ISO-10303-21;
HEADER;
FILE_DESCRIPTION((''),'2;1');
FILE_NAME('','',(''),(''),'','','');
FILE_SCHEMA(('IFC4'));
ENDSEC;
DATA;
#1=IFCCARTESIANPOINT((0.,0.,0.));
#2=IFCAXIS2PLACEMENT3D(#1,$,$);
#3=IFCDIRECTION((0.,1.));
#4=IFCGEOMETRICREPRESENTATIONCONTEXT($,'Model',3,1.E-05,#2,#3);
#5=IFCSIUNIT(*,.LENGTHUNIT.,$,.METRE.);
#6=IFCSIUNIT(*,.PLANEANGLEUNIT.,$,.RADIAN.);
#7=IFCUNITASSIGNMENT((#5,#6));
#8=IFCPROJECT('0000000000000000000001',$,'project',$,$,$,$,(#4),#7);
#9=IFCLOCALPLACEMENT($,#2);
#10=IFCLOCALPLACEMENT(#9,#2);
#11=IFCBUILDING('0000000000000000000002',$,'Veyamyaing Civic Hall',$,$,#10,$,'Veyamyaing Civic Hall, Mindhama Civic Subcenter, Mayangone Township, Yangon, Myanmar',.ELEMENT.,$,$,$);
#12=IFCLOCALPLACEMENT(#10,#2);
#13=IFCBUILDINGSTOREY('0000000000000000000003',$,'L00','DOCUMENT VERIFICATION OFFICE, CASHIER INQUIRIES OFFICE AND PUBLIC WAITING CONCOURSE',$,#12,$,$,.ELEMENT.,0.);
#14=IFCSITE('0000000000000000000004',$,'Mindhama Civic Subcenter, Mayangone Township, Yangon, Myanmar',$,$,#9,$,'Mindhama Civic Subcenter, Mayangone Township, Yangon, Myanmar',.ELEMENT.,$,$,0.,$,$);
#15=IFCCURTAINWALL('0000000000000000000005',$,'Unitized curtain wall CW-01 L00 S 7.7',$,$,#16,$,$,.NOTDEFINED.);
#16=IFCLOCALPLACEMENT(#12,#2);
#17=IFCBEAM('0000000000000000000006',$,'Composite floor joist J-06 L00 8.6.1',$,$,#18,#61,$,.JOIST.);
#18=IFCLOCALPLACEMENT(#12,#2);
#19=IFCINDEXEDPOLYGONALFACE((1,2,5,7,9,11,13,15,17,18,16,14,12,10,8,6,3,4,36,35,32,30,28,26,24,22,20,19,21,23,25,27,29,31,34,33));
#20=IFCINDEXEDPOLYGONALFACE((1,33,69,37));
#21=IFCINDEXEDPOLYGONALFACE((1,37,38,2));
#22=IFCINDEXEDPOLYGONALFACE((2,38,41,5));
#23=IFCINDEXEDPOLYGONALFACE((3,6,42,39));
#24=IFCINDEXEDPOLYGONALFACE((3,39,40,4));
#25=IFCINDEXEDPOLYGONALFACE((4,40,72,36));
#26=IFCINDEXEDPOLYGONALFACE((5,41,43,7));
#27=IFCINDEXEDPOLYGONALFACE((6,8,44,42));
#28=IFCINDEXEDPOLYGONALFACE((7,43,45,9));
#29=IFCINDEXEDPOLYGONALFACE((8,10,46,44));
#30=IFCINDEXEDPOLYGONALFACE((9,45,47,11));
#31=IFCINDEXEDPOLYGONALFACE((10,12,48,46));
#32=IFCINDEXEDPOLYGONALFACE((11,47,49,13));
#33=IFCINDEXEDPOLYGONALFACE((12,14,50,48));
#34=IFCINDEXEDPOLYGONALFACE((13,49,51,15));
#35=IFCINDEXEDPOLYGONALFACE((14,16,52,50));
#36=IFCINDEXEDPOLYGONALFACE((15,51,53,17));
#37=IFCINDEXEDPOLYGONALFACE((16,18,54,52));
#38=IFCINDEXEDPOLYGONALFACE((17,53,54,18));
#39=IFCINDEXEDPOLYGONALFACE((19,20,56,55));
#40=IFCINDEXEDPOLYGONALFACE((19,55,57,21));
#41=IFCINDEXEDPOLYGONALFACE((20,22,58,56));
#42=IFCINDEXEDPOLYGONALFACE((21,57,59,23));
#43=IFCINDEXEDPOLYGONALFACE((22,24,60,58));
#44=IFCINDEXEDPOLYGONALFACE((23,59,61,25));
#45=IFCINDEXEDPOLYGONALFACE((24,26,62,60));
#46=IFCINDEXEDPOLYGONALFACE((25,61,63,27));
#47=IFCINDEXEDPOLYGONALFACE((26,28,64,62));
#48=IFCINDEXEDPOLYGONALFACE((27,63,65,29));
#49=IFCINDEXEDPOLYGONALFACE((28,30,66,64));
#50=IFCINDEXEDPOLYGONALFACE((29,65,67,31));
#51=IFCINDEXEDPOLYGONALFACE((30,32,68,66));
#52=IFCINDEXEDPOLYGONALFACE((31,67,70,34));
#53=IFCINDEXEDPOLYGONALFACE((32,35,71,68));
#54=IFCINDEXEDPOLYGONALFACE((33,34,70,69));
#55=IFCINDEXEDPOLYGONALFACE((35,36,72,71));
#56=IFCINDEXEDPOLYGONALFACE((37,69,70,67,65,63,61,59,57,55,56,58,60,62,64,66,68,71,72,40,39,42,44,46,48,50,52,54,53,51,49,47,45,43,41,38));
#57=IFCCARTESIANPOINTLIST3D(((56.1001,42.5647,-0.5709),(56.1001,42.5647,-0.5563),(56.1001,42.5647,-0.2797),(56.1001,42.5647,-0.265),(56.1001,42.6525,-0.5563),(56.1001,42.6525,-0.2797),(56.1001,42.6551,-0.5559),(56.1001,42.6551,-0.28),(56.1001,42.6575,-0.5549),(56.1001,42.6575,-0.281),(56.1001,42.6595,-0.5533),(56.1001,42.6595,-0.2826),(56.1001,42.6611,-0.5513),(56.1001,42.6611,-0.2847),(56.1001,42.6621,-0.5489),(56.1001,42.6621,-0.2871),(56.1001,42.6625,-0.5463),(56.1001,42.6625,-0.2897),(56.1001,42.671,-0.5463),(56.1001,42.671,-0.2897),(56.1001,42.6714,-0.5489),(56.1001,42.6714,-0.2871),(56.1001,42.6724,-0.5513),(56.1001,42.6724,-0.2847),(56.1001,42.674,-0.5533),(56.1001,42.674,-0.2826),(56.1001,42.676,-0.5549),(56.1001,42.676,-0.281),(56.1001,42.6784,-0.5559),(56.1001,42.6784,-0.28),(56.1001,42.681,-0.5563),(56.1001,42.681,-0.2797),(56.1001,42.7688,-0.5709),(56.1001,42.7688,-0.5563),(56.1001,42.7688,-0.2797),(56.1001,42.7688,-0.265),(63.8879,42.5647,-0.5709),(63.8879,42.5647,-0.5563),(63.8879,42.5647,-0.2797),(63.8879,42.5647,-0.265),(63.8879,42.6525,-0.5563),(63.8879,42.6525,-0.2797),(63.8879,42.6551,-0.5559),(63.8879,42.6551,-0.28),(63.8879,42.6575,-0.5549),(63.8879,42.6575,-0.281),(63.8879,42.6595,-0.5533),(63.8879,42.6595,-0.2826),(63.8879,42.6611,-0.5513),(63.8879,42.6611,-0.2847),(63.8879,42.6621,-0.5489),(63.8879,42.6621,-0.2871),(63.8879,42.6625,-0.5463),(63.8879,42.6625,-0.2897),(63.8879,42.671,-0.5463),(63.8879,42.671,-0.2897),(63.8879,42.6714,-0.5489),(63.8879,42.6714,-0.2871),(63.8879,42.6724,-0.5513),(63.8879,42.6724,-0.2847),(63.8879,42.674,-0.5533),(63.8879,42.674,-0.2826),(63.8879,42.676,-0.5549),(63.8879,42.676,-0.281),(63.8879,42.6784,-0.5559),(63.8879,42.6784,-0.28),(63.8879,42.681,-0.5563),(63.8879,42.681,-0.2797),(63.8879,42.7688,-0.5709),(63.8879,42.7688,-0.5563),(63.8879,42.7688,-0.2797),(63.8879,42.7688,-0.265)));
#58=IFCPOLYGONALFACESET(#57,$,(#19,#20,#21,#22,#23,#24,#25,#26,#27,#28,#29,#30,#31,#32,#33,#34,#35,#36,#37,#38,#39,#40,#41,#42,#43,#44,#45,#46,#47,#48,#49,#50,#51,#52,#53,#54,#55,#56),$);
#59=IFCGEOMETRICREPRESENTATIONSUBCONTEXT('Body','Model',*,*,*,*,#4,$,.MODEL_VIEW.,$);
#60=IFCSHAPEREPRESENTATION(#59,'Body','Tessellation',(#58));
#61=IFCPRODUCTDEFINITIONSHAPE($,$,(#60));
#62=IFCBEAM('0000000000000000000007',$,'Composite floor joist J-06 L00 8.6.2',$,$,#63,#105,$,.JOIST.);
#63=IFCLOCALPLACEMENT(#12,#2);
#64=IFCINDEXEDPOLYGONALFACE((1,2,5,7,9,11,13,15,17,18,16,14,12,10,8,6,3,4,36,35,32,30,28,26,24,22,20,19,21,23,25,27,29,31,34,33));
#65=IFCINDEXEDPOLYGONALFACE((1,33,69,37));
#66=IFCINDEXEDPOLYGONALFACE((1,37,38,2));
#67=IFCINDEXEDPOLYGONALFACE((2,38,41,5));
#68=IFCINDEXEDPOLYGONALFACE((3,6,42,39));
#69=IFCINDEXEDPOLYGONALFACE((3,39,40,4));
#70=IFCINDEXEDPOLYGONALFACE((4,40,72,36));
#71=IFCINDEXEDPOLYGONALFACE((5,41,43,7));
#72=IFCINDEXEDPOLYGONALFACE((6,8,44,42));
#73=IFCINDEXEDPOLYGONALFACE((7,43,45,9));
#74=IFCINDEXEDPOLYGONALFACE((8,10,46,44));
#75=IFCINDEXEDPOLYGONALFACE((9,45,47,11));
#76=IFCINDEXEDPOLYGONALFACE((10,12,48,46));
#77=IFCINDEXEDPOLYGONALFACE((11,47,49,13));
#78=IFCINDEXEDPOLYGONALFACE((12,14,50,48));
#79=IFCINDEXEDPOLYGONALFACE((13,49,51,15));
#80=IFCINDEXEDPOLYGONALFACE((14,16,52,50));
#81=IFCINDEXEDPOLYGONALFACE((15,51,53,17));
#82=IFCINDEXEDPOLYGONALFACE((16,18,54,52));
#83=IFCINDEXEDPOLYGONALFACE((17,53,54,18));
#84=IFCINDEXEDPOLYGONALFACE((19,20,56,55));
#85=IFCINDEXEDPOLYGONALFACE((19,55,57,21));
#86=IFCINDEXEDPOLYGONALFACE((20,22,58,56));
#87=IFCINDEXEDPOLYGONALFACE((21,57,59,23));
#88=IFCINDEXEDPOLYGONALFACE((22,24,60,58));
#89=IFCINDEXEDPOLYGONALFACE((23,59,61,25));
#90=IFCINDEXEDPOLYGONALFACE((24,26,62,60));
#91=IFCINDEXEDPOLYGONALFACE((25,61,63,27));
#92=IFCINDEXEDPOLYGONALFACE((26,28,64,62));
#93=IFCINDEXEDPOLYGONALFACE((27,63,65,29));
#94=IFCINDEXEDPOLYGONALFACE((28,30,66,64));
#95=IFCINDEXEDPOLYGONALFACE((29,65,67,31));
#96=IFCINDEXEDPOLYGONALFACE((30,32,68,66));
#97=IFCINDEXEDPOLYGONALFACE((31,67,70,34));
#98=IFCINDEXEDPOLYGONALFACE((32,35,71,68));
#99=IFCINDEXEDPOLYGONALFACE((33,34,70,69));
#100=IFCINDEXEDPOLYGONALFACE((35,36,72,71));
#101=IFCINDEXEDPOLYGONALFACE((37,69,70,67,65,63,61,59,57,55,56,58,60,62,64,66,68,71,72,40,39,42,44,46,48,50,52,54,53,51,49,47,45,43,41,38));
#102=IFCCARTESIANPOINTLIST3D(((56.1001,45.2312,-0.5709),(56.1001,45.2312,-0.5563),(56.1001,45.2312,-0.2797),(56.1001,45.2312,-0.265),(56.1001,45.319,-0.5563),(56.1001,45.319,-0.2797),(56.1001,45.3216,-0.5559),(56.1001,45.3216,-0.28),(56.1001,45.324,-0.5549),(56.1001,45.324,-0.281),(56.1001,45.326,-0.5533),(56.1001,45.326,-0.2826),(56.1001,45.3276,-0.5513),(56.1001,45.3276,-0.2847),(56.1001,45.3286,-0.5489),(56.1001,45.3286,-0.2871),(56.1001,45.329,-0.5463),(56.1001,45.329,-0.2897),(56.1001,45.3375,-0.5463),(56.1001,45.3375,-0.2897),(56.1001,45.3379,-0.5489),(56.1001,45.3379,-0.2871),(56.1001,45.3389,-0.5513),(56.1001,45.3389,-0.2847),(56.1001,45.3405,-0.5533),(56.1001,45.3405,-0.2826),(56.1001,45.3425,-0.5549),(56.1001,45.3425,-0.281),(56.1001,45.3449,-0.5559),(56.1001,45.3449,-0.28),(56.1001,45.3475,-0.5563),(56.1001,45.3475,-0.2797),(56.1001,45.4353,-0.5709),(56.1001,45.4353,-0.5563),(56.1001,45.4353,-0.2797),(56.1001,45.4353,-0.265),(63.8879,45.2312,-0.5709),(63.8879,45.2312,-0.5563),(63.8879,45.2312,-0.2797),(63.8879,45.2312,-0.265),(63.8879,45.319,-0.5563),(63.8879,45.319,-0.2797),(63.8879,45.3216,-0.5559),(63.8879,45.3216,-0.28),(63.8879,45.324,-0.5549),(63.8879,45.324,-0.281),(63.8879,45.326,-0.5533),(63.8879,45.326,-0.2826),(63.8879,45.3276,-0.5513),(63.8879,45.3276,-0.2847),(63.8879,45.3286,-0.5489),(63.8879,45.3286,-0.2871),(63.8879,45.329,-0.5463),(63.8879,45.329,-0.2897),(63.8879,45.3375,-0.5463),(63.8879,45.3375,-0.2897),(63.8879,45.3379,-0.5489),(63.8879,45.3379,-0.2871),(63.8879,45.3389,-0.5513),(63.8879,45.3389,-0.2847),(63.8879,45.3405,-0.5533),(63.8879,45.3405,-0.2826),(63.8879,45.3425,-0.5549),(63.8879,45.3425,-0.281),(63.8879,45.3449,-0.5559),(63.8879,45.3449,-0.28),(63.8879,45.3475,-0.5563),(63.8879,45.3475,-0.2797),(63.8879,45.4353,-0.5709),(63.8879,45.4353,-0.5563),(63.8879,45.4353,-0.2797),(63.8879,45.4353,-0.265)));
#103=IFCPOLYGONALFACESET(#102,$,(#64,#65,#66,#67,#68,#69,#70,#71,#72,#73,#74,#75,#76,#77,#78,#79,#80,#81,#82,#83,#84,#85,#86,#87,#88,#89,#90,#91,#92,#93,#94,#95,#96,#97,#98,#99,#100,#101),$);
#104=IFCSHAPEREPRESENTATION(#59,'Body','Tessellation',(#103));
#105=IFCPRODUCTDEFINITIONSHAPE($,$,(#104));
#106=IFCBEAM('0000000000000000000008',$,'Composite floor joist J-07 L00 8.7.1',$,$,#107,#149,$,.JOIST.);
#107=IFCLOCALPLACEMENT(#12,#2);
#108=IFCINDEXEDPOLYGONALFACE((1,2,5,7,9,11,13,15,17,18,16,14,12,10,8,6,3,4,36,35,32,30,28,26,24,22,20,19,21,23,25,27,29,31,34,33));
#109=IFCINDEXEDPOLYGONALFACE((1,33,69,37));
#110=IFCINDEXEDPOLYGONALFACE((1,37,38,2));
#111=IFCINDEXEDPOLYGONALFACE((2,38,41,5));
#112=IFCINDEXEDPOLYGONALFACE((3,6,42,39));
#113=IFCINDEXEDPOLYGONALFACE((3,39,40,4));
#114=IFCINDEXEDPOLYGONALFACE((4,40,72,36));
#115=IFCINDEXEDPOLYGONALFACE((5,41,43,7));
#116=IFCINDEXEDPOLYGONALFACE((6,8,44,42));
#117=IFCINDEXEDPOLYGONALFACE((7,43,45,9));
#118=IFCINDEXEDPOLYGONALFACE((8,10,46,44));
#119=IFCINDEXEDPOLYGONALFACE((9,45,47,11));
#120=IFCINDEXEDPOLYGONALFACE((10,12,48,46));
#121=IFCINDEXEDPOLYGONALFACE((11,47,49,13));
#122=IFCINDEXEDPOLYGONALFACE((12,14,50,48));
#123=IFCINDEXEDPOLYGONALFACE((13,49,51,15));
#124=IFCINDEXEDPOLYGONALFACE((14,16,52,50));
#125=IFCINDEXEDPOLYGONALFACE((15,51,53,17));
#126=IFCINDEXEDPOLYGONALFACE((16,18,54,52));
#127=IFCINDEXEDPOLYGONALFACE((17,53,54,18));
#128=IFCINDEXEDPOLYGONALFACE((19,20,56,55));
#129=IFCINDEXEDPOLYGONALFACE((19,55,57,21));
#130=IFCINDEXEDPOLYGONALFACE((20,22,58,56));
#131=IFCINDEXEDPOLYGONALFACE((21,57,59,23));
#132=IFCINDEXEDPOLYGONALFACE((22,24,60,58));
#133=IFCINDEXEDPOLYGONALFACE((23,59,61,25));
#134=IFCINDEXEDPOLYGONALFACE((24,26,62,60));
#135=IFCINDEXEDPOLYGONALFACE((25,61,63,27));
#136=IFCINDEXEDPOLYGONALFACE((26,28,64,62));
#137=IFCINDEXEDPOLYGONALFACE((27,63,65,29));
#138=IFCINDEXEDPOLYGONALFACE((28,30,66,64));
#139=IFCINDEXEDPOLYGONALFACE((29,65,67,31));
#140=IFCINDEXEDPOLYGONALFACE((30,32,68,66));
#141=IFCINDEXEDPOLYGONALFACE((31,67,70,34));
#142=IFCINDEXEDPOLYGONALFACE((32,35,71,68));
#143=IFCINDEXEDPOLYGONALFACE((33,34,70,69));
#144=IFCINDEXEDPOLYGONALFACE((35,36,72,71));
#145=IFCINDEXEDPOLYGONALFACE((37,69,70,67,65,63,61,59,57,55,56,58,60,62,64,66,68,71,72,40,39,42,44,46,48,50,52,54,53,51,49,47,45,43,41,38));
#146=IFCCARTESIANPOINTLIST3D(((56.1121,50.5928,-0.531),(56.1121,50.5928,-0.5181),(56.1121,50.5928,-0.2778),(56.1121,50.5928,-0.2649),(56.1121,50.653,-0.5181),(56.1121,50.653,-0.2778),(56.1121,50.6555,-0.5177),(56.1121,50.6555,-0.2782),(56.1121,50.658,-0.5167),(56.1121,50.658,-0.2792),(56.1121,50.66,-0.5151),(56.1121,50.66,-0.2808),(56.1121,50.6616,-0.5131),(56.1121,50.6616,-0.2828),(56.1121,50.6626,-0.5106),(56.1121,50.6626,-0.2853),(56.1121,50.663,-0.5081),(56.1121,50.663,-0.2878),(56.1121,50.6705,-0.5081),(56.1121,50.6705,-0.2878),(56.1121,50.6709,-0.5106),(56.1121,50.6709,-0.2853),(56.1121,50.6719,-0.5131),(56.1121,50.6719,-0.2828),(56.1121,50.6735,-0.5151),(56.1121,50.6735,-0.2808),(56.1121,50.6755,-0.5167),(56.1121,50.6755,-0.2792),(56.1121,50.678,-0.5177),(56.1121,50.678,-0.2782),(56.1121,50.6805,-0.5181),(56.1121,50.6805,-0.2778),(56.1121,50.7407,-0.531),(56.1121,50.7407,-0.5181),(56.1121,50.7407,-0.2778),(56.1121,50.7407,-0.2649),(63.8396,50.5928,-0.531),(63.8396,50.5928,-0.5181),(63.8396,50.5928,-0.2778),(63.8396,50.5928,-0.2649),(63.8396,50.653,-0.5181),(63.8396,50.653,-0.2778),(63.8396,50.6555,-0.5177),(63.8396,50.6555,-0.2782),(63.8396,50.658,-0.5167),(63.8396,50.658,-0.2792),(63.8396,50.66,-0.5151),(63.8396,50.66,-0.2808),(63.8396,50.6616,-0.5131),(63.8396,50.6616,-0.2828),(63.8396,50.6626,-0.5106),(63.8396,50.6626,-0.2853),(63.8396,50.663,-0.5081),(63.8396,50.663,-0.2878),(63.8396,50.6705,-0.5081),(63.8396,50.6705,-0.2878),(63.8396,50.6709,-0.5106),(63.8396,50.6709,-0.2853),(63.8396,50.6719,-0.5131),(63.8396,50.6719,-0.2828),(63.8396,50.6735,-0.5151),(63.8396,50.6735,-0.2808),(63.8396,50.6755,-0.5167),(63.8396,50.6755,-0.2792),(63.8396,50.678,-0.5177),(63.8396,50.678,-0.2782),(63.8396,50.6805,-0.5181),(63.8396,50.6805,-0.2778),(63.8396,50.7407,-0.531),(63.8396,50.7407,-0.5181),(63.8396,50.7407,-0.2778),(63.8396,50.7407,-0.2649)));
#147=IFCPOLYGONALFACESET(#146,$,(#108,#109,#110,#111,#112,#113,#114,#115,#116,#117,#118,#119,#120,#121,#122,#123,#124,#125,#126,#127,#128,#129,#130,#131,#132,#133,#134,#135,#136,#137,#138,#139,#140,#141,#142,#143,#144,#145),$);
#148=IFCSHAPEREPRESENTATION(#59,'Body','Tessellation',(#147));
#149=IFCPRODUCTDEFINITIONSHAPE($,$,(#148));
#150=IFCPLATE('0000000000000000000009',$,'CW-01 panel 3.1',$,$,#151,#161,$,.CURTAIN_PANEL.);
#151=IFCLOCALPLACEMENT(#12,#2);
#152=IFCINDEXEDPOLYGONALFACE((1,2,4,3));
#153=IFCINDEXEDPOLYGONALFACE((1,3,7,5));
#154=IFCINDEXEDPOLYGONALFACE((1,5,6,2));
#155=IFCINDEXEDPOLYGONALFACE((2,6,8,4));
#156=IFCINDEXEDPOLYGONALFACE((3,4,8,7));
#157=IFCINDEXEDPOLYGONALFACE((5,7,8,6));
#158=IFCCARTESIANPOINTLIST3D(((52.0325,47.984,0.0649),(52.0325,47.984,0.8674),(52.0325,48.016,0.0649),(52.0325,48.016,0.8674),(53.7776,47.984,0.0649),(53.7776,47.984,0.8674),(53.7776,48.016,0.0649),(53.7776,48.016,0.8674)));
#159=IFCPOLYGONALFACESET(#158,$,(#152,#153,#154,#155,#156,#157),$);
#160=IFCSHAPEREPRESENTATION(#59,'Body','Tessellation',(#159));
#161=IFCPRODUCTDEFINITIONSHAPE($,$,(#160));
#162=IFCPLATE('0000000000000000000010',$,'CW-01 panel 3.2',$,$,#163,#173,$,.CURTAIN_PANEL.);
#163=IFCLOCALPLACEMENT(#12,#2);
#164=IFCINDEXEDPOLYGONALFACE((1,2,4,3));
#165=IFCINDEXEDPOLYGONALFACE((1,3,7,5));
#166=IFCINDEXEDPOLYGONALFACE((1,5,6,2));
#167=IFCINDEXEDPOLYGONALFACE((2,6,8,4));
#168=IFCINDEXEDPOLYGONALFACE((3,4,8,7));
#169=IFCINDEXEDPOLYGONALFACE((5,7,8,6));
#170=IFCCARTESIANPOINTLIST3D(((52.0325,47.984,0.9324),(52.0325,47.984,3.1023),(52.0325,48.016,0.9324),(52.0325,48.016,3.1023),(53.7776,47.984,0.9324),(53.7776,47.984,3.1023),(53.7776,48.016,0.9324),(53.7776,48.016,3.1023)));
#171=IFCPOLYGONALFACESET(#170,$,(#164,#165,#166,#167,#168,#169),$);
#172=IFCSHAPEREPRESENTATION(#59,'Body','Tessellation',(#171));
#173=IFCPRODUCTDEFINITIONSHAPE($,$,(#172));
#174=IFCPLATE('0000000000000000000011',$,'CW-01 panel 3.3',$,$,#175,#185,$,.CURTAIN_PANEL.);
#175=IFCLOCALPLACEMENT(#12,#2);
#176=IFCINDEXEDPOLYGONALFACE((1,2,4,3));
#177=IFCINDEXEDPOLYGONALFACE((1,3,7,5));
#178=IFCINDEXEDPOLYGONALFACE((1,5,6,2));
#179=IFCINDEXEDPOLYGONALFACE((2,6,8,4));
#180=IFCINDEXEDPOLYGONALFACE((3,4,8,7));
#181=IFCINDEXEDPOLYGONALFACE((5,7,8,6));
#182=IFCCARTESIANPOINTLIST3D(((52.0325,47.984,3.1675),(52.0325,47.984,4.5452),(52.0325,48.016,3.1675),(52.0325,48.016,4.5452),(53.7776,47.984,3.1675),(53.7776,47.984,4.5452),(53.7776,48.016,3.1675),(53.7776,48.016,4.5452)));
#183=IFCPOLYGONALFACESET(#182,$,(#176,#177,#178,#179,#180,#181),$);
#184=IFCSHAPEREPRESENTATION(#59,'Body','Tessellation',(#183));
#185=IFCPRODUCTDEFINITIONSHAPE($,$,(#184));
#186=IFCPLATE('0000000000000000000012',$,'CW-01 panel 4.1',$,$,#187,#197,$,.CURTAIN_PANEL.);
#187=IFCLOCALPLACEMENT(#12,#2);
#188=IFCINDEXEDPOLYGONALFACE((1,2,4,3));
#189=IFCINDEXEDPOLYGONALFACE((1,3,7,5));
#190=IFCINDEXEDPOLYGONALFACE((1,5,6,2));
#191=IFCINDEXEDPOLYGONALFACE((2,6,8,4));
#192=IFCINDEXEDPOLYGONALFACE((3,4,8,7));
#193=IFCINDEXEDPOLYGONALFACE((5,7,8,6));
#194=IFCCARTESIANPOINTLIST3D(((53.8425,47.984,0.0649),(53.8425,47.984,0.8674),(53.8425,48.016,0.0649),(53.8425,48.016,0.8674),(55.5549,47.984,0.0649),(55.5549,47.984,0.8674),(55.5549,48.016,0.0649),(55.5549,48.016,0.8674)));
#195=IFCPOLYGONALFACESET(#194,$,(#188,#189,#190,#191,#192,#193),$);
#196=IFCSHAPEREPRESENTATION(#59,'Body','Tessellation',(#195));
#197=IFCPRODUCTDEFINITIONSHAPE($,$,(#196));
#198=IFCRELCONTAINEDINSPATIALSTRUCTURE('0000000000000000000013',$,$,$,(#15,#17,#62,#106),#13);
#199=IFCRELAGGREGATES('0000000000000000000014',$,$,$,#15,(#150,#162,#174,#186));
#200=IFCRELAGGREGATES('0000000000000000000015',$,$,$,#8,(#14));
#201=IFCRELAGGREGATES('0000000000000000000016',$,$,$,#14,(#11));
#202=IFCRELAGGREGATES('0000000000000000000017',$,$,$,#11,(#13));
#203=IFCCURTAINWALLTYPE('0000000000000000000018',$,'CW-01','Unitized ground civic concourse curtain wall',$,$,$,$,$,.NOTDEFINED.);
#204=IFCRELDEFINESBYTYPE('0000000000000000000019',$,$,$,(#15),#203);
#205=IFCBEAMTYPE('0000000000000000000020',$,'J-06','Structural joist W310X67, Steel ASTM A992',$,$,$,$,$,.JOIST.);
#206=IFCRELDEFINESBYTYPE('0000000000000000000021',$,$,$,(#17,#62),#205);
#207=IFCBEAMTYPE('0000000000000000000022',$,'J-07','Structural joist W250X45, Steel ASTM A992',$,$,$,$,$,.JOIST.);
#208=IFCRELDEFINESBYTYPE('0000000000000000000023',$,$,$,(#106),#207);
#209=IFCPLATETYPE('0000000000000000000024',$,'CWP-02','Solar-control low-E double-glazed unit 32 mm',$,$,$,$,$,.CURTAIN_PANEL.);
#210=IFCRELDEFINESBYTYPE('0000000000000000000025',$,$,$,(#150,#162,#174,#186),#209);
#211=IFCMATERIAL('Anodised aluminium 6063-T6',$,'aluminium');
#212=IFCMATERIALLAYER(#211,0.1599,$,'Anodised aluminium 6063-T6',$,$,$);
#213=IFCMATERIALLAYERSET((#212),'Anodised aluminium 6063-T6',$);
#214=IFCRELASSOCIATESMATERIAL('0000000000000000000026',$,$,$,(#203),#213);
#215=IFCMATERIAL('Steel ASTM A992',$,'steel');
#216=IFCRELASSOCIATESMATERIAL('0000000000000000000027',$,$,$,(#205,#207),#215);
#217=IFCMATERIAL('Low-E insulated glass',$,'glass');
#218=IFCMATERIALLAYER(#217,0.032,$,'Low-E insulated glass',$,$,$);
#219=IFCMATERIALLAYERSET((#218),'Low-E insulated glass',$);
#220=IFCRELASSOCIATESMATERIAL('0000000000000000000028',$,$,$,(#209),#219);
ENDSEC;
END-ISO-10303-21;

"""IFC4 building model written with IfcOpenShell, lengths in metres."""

from ifc_helpers import new_model, si_unit, direction, frame, origin, origin_2d, place, context, subcontext, project, spatial, rectangle, i_section, extrude, material, layer, layer_set, material_profile, profile_set, type_object, element, aggregate, save


model = new_model("IFC4")

# Units and contexts
model_context = context("Model", 3, precision=1e-05, world=origin(), true_north=direction((0.0, 1.0)))
body_context = subcontext(model_context, "Body", "Model", "MODEL_VIEW")
ifc_project = project(units=[si_unit("LENGTHUNIT", "METRE"), si_unit("PLANEANGLEUNIT", "RADIAN")], contexts=[model_context])

# Site, building, storey
site_placement = place(None, origin())
site = spatial("IfcSite", under=ifc_project, at=site_placement, Name="Mindhama Civic Subcenter, Mayangone Township, Yangon, Myanmar", LongName="Mindhama Civic Subcenter, Mayangone Township, Yangon, Myanmar", CompositionType="ELEMENT", RefElevation=0.0)
building_placement = place(site_placement, origin())
building = spatial("IfcBuilding", under=site, at=building_placement, Name="Veyamyaing Civic Hall", LongName="Veyamyaing Civic Hall, Mindhama Civic Subcenter, Mayangone Township, Yangon, Myanmar", CompositionType="ELEMENT")
storey_placement = place(building_placement, origin())
storey = spatial("IfcBuildingStorey", under=building, at=storey_placement, Name="L00", Description="DOCUMENT VERIFICATION OFFICE, CASHIER INQUIRIES OFFICE AND PUBLIC WAITING CONCOURSE", CompositionType="ELEMENT", Elevation=0.0)

# Shared definitions
ifc_material_1 = material(Name="Steel ASTM A992", Category="steel")

# Curtain wall
ifc_material_2 = material(Name="Anodised aluminium 6063-T6", Category="aluminium")
ifc_layer_1 = layer(ifc_material_2, 0.1599, Name="Anodised aluminium 6063-T6")
ifc_layer_set_1 = layer_set([ifc_layer_1], Name="Anodised aluminium 6063-T6")
curtain_wall_type_1 = type_object("IfcCurtainWallType", Name="CW-01", Description="Unitized ground civic concourse curtain wall", PredefinedType="NOTDEFINED", material=ifc_layer_set_1)
curtain_wall_1_placement = place(storey_placement, origin())
curtain_wall_1 = element("IfcCurtainWall", 1, at=curtain_wall_1_placement, inside=storey, type_object=curtain_wall_type_1, Name="Unitized curtain wall CW-01 L00 S 7.7", PredefinedType="NOTDEFINED")

# Beams
ifc_material_profile_1 = material_profile(ifc_material_1, i_section(OverallWidth=0.2041, OverallDepth=0.3059, WebThickness=0.0085, FlangeThickness=0.0146, FilletRadius=0.01, at=origin_2d()), Name="W310X67")
ifc_profile_set_1 = profile_set([ifc_material_profile_1], Name="Steel ASTM A992")
beam_type_1 = type_object("IfcBeamType", Name="J-06", Description="Structural joist W310X67, Steel ASTM A992", PredefinedType="JOIST", material=ifc_profile_set_1)
for number, where, z_axis, x_axis, name in (
    (2, (56.1001, 42.6667, -0.418), (1.0, 0.0, 0.0), (0.0, 1.0, 0.0), "Composite floor joist J-06 L00 8.6.1"),
    (3, (56.1001, 45.3333, -0.418), (1.0, 0.0, 0.0), (0.0, 1.0, 0.0), "Composite floor joist J-06 L00 8.6.2"),
):
    element("IfcBeam", number, at=place(storey_placement, frame(where, z_axis=z_axis, x_axis=x_axis)), inside=storey, type_object=beam_type_1, Name=name, PredefinedType="JOIST", context=body_context, shape_type="SweptSolid", body=[
        extrude(i_section(OverallWidth=0.2041, OverallDepth=0.3059, WebThickness=0.0085, FlangeThickness=0.0146, FilletRadius=0.01, at=origin_2d()), origin(), (0.0, 0.0, 1.0), 7.7878),
    ])
ifc_material_profile_2 = material_profile(ifc_material_1, i_section(OverallWidth=0.1479, OverallDepth=0.2661, WebThickness=0.0076, FlangeThickness=0.0129, FilletRadius=0.01, at=origin_2d()), Name="W250X45")
ifc_profile_set_2 = profile_set([ifc_material_profile_2], Name="Steel ASTM A992")
beam_type_2 = type_object("IfcBeamType", Name="J-07", Description="Structural joist W250X45, Steel ASTM A992", PredefinedType="JOIST", material=ifc_profile_set_2)
beam_1_placement = place(storey_placement, frame((56.1121, 50.6667, -0.3979), z_axis=(1.0, 0.0, 0.0), x_axis=(0.0, 1.0, 0.0)))
element("IfcBeam", 4, at=beam_1_placement, inside=storey, type_object=beam_type_2, Name="Composite floor joist J-07 L00 8.7.1", PredefinedType="JOIST", context=body_context, shape_type="SweptSolid", body=[
    extrude(i_section(OverallWidth=0.1479, OverallDepth=0.2661, WebThickness=0.0076, FlangeThickness=0.0129, FilletRadius=0.01, at=origin_2d()), origin(), (0.0, 0.0, 1.0), 7.7275),
])

# Plates
ifc_material_3 = material(Name="Low-E insulated glass", Category="glass")
ifc_layer_2 = layer(ifc_material_3, 0.032, Name="Low-E insulated glass")
ifc_layer_set_2 = layer_set([ifc_layer_2], Name="Low-E insulated glass")
plate_type = type_object("IfcPlateType", Name="CWP-02", Description="Solar-control low-E double-glazed unit 32 mm", PredefinedType="CURTAIN_PANEL", material=ifc_layer_set_2)
plate_1_placement = place(storey_placement, frame((52.905, 48.0, 0.0649), z_axis=(0.0, 0.0, 1.0), x_axis=(1.0, 0.0, 0.0)))
plate_1 = element("IfcPlate", 5, at=plate_1_placement, type_object=plate_type, Name="CW-01 panel 3.1", PredefinedType="CURTAIN_PANEL", context=body_context, shape_type="SweptSolid", body=[
    extrude(rectangle(XDim=1.7451, YDim=0.032, at=origin_2d()), origin(), (0.0, 0.0, 1.0), 0.8025),
])
plate_2_placement = place(storey_placement, frame((52.905, 48.0, 0.9324), z_axis=(0.0, 0.0, 1.0), x_axis=(1.0, 0.0, 0.0)))
plate_2 = element("IfcPlate", 6, at=plate_2_placement, type_object=plate_type, Name="CW-01 panel 3.2", PredefinedType="CURTAIN_PANEL", context=body_context, shape_type="SweptSolid", body=[
    extrude(rectangle(XDim=1.7451, YDim=0.032, at=origin_2d()), origin(), (0.0, 0.0, 1.0), 2.1699),
])
plate_3_placement = place(storey_placement, frame((52.905, 48.0, 3.1675), z_axis=(0.0, 0.0, 1.0), x_axis=(1.0, 0.0, 0.0)))
plate_3 = element("IfcPlate", 7, at=plate_3_placement, type_object=plate_type, Name="CW-01 panel 3.3", PredefinedType="CURTAIN_PANEL", context=body_context, shape_type="SweptSolid", body=[
    extrude(rectangle(XDim=1.7451, YDim=0.032, at=origin_2d()), origin(), (0.0, 0.0, 1.0), 1.3777),
])
plate_4_placement = place(storey_placement, frame((54.6987, 48.0, 0.0649), z_axis=(0.0, 0.0, 1.0), x_axis=(1.0, 0.0, 0.0)))
plate_4 = element("IfcPlate", 8, at=plate_4_placement, type_object=plate_type, Name="CW-01 panel 4.1", PredefinedType="CURTAIN_PANEL", context=body_context, shape_type="SweptSolid", body=[
    extrude(rectangle(XDim=1.7124, YDim=0.032, at=origin_2d()), origin(), (0.0, 0.0, 1.0), 0.8025),
])
aggregate(curtain_wall_1, [plate_1, plate_2, plate_3, plate_4])

save(model, "model.ifc")
